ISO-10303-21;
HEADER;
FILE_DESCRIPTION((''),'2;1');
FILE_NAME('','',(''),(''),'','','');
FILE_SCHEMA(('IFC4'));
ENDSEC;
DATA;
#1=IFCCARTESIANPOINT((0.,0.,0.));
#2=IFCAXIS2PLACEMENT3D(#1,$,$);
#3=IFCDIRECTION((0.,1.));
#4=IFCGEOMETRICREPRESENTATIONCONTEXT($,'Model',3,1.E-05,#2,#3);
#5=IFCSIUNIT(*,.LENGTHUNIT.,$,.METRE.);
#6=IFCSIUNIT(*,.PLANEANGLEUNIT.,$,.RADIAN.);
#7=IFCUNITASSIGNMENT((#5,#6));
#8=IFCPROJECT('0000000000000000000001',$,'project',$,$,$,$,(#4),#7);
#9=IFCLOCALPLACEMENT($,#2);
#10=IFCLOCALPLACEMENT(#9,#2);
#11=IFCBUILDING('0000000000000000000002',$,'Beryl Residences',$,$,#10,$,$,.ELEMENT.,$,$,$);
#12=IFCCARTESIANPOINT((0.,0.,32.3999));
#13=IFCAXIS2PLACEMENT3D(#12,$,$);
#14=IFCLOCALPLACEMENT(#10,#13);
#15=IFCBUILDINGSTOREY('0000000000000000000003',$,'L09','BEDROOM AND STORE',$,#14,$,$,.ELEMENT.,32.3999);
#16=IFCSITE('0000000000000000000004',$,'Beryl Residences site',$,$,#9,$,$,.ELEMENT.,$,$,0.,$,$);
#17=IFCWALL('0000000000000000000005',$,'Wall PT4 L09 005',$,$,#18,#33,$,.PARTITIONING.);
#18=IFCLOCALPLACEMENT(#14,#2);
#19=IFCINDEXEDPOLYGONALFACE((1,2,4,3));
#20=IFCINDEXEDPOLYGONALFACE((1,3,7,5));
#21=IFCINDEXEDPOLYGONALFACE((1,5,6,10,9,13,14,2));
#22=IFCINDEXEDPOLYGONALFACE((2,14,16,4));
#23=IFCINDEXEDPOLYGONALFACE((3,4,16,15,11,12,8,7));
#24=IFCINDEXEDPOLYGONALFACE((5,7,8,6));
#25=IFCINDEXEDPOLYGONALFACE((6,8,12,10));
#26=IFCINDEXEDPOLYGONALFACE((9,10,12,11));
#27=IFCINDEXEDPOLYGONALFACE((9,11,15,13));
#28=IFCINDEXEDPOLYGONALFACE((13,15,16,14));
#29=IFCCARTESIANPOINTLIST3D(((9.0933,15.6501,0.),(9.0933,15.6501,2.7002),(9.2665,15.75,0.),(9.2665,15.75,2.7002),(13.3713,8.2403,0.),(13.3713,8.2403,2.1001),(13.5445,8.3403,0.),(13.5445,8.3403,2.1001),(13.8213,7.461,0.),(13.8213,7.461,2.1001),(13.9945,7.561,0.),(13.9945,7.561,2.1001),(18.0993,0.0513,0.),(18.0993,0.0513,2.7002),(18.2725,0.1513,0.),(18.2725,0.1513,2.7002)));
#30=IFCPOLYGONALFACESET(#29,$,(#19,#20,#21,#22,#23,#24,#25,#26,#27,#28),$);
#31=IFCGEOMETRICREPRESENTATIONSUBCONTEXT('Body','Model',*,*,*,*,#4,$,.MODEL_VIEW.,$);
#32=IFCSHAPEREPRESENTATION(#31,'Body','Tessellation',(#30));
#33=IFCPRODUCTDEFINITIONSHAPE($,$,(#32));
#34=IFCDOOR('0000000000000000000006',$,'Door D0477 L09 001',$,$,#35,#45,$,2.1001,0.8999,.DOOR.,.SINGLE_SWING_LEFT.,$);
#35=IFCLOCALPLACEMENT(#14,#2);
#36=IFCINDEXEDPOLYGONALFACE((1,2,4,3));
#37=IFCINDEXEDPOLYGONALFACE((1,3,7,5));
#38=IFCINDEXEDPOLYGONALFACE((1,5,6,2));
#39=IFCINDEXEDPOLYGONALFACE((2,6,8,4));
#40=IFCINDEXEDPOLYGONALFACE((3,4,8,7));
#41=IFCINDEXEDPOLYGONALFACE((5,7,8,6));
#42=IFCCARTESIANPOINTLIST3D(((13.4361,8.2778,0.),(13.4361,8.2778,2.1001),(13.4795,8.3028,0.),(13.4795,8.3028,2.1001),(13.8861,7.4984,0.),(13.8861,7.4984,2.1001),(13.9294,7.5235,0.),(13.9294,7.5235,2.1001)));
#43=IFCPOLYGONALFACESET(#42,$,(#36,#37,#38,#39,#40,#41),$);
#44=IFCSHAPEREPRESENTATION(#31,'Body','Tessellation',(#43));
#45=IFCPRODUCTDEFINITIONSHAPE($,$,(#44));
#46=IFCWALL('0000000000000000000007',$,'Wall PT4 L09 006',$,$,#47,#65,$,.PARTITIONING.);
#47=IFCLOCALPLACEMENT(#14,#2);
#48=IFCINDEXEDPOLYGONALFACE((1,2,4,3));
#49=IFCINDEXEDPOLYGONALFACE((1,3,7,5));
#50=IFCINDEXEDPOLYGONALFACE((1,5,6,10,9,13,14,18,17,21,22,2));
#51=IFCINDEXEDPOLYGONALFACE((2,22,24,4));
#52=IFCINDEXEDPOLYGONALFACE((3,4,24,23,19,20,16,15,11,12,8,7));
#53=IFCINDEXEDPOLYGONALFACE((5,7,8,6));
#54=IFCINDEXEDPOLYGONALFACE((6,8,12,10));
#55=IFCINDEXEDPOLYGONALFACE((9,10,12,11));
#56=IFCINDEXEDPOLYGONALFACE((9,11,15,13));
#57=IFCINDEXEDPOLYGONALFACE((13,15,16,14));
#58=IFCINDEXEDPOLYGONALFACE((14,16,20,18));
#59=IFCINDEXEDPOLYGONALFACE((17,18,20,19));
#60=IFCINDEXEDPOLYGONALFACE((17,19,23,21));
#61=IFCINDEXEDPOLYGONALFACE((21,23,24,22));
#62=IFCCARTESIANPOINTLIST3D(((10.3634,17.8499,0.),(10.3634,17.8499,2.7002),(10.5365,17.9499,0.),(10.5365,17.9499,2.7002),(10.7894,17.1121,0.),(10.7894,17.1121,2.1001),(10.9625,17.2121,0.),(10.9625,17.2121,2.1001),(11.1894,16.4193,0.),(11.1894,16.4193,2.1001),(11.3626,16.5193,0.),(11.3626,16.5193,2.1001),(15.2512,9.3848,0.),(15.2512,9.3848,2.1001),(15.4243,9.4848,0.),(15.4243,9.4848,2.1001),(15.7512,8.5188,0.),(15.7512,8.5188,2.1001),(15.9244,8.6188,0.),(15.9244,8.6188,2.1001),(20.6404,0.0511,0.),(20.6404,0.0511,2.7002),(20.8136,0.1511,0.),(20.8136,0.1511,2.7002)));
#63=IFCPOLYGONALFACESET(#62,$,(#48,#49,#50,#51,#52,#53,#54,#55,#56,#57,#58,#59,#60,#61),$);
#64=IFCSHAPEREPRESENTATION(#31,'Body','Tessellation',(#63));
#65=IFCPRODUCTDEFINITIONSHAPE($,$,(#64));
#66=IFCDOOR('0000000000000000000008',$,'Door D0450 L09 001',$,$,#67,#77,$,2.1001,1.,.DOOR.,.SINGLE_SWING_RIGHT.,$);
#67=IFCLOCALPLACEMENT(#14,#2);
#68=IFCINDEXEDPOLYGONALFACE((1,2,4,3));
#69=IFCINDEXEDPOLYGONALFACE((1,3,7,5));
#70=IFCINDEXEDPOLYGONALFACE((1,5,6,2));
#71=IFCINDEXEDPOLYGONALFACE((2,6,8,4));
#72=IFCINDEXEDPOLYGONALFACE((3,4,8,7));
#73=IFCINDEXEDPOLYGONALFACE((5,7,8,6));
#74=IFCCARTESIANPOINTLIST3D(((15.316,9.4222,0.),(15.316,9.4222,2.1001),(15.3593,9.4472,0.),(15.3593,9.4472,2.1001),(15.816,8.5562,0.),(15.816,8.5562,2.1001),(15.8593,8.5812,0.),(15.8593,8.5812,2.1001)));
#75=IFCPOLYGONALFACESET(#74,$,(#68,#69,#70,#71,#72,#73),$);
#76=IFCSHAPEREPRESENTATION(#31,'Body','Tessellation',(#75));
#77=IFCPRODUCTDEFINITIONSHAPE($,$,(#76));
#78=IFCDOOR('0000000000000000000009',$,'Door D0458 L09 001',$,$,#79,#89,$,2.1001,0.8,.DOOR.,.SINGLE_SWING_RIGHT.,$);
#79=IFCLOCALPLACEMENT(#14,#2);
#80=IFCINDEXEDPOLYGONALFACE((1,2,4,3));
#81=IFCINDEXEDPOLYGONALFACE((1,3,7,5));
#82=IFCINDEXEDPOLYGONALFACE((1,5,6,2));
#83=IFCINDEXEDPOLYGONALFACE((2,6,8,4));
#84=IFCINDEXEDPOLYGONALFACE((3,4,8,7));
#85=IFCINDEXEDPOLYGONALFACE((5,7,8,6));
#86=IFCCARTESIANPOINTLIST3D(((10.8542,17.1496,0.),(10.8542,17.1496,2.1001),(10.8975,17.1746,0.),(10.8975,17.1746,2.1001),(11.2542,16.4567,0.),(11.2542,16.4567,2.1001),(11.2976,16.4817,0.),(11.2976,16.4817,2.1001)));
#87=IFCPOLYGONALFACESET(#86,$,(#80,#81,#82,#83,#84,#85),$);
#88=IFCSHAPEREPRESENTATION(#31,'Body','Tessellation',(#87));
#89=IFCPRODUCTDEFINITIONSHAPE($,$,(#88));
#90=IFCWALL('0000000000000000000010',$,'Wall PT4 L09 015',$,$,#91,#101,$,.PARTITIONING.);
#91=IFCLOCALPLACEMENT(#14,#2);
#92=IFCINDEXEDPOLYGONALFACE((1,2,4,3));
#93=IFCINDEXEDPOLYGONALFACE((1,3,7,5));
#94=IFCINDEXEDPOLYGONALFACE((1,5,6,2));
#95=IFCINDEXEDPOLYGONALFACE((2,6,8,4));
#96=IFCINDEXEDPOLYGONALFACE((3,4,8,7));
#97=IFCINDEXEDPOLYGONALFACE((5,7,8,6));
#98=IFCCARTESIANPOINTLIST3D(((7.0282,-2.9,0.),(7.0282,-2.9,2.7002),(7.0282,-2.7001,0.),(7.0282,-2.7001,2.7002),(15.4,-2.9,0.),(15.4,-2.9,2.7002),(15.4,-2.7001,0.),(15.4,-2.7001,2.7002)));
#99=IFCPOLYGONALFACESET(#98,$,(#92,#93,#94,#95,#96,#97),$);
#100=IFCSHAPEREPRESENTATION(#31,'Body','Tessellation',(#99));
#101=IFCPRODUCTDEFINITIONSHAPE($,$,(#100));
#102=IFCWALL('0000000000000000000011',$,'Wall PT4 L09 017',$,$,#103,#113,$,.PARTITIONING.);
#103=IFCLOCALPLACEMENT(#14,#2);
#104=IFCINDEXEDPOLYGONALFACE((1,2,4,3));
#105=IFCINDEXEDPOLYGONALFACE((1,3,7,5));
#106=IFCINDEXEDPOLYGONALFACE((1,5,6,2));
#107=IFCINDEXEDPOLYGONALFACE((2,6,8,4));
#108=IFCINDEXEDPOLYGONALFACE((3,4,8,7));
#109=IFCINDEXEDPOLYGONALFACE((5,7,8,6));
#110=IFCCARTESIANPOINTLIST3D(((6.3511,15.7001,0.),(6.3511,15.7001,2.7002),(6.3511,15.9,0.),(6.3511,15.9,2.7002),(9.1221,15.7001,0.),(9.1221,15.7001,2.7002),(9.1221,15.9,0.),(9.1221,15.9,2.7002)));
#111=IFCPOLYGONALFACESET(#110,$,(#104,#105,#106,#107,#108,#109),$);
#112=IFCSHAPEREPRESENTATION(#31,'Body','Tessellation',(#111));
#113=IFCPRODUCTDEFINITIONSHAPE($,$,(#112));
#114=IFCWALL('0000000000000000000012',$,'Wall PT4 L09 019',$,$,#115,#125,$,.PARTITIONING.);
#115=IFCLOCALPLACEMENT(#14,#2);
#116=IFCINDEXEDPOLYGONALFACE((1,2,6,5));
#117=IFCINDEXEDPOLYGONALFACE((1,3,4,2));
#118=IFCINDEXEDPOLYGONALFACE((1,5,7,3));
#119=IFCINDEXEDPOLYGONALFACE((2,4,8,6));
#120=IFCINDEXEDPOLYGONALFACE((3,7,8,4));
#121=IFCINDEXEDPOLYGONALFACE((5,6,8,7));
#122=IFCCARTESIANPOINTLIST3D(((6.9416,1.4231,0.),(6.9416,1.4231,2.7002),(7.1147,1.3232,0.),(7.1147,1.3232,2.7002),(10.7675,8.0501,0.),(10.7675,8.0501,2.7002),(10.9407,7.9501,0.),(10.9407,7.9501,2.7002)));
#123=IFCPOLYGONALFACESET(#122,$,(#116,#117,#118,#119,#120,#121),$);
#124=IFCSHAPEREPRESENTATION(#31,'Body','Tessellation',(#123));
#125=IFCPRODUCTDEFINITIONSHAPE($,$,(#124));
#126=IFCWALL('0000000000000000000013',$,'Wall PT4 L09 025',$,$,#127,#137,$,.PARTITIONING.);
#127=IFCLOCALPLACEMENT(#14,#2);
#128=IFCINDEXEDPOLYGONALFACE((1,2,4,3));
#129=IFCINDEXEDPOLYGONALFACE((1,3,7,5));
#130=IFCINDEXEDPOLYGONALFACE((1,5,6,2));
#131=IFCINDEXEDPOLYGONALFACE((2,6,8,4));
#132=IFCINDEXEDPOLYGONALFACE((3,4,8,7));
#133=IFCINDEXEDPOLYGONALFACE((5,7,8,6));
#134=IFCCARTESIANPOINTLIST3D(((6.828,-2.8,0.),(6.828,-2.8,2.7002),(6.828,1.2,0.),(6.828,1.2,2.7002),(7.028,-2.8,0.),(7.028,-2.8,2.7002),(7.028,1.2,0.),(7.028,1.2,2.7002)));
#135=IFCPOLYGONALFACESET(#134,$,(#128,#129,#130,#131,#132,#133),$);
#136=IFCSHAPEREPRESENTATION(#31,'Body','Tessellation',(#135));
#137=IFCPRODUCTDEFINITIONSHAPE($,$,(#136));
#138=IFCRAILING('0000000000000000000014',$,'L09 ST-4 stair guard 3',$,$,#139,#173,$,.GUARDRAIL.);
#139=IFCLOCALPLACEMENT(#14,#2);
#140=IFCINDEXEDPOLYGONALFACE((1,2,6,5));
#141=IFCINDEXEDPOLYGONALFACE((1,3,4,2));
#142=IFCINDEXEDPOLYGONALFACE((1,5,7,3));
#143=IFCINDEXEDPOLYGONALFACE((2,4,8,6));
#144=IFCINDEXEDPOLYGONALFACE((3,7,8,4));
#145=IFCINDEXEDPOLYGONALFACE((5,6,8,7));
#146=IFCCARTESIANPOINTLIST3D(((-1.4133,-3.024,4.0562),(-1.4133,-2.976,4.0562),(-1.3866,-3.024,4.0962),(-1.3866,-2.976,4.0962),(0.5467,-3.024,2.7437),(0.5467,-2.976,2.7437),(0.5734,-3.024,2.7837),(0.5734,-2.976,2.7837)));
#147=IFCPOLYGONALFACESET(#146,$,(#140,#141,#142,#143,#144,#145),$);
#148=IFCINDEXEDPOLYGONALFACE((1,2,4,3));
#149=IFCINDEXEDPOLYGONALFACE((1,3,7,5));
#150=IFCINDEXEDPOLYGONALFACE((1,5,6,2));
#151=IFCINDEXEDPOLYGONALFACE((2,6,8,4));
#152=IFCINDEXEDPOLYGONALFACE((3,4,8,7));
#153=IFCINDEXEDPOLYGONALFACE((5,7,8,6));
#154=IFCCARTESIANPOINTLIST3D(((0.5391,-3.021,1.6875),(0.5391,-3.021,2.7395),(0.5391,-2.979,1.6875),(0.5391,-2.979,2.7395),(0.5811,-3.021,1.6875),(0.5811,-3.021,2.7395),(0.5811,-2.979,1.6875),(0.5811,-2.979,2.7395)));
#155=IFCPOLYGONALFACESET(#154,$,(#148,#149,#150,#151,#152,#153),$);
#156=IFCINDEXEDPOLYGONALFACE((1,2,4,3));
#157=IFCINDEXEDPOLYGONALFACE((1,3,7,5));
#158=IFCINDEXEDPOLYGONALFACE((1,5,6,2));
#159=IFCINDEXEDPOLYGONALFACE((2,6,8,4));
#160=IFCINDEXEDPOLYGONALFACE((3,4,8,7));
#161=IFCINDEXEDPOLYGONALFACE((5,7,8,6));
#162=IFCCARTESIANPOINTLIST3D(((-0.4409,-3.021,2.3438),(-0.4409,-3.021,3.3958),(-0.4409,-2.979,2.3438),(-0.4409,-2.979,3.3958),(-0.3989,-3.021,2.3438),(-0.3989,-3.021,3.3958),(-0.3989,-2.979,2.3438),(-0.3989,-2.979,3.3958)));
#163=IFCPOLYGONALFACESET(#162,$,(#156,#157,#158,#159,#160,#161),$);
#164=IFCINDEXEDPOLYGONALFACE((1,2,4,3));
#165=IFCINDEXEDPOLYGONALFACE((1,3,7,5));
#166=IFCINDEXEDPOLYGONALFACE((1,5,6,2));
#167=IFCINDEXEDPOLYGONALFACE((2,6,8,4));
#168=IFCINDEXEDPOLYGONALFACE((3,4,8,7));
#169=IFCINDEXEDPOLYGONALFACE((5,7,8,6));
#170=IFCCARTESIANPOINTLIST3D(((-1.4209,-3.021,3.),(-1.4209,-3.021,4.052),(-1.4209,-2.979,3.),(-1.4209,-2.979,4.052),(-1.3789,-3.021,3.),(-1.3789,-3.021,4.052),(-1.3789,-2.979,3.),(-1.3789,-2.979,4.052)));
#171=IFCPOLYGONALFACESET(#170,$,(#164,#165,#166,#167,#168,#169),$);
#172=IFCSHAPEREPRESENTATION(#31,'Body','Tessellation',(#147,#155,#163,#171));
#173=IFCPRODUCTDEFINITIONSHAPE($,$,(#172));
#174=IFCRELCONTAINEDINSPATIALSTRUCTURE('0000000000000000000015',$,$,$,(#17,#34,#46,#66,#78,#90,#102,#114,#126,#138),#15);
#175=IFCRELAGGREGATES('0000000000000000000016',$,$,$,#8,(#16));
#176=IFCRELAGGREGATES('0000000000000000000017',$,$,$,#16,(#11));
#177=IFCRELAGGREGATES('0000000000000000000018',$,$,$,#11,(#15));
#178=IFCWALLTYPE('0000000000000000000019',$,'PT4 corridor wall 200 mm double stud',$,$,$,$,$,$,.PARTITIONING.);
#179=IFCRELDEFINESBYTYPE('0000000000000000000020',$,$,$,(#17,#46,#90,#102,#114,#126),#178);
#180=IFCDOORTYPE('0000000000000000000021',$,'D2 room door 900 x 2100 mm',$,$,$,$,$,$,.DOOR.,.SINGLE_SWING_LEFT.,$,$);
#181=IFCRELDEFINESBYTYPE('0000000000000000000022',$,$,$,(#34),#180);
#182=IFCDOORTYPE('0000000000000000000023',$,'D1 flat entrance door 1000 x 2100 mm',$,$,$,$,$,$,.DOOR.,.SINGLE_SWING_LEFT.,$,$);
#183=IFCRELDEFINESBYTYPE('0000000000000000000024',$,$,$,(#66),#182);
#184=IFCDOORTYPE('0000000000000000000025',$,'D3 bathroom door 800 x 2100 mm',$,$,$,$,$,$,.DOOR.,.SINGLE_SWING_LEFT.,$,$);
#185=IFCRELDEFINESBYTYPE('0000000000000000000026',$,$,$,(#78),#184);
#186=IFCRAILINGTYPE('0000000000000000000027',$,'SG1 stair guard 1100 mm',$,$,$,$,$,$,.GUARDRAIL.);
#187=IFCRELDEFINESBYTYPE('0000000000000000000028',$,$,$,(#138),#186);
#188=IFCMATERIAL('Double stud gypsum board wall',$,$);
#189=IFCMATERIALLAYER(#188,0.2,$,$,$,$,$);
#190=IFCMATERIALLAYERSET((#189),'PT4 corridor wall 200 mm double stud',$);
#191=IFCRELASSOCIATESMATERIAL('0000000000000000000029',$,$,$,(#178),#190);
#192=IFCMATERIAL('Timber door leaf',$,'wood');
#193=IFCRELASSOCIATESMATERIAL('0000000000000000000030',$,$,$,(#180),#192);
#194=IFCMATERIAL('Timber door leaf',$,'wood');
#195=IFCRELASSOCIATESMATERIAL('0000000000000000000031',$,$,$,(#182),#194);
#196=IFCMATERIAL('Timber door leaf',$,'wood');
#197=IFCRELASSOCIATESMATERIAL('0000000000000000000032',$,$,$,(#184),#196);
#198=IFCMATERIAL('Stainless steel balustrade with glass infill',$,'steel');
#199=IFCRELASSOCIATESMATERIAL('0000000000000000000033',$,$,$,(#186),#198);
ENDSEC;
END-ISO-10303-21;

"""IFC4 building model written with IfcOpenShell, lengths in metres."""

from ifc_helpers import new_model, si_unit, direction, frame, frame_2d, origin, origin_2d, place, context, subcontext, project, spatial, rectangle, extrude, material, layer, layer_set, type_object, element, fill, save


model = new_model("IFC4")

# Units and contexts
model_context = context("Model", 3, precision=1e-05, world=origin(), true_north=direction((0.0, 1.0)))
body_context = subcontext(model_context, "Body", "Model", "MODEL_VIEW")
ifc_project = project(units=[si_unit("LENGTHUNIT", "METRE"), si_unit("PLANEANGLEUNIT", "RADIAN")], contexts=[model_context])

# Site, building, storey
site_placement = place(None, origin())
site = spatial("IfcSite", under=ifc_project, at=site_placement, Name="Beryl Residences site", CompositionType="ELEMENT", RefElevation=0.0)
building_placement = place(site_placement, origin())
building = spatial("IfcBuilding", under=site, at=building_placement, Name="Beryl Residences", CompositionType="ELEMENT")
storey_placement = place(building_placement, frame((0.0, 0.0, 32.3999)))
storey = spatial("IfcBuildingStorey", under=building, at=storey_placement, Name="L09", Description="BEDROOM AND STORE", CompositionType="ELEMENT", Elevation=32.3999)

# Shared definitions
ifc_material_1 = material(Name="Double stud gypsum board wall")
ifc_layer_1 = layer(ifc_material_1, 0.2)
ifc_layer_set_1 = layer_set([ifc_layer_1], Name="PT4 corridor wall 200 mm double stud")
wall_type_1 = type_object("IfcWallType", Name="PT4 corridor wall 200 mm double stud", PredefinedType="PARTITIONING", material=ifc_layer_set_1)

# Wall, opening, door
wall_1_placement = place(storey_placement, frame((9.1799, 15.7, 0.0), z_axis=(0.0, 0.0, 1.0), x_axis=(0.500004, -0.866023, 0.0)))
wall_1 = element("IfcWall", 1, at=wall_1_placement, inside=storey, type_object=wall_type_1, Name="Wall PT4 L09 005", PredefinedType="PARTITIONING", context=body_context, shape_type="SweptSolid", body=[
    extrude(rectangle(XDim=18.012, YDim=0.2, at=frame_2d((9.0059, 0.0))), origin(), (0.0, 0.0, 1.0), 2.7002),
])
opening_1_placement = place(wall_1_placement, frame((8.5559, 0.0, 0.0)))
opening_1 = element("IfcOpeningElement", 2, at=opening_1_placement, cuts=wall_1, PredefinedType="OPENING", context=body_context, shape_type="SweptSolid", body=[
    extrude(rectangle(XDim=0.8999, YDim=2.1001, at=frame_2d((0.45, 1.05))), frame((0.0, 0.1099, 0.0), z_axis=(0.0, -1.0, 0.0), x_axis=(1.0, 0.0, 0.0)), (0.0, 0.0, 1.0), 0.22),
])
ifc_material_2 = material(Name="Timber door leaf", Category="wood")
door_type_1 = type_object("IfcDoorType", Name="D2 room door 900 x 2100 mm", OperationType="SINGLE_SWING_LEFT", PredefinedType="DOOR", material=ifc_material_2)
door_1_placement = place(opening_1_placement, origin())
door_1 = element("IfcDoor", 3, at=door_1_placement, inside=storey, type_object=door_type_1, Name="Door D0477 L09 001", OperationType="SINGLE_SWING_LEFT", OverallHeight=2.1001, OverallWidth=0.8999, PredefinedType="DOOR", context=body_context, shape_type="SweptSolid", body=[
    extrude(rectangle(XDim=0.8999, YDim=2.1001, at=frame_2d((0.45, 1.05))), frame((0.0, 0.0249, 0.0), z_axis=(0.0, -1.0, 0.0), x_axis=(1.0, 0.0, 0.0)), (0.0, 0.0, 1.0), 0.05),
])
fill(opening_1, door_1)

# Wall, openings, doors
wall_2_placement = place(storey_placement, frame((10.45, 17.8999, 0.0), z_axis=(0.0, 0.0, 1.0), x_axis=(0.500034, -0.866006, 0.0)))
wall_2 = element("IfcWall", 4, at=wall_2_placement, inside=storey, type_object=wall_type_1, Name="Wall PT4 L09 006", PredefinedType="PARTITIONING", context=body_context, shape_type="SweptSolid", body=[
    extrude(rectangle(XDim=20.5527, YDim=0.2, at=frame_2d((10.2764, 0.0))), origin(), (0.0, 0.0, 1.0), 2.7002),
])
opening_2_placement = place(wall_2_placement, frame((9.7749, 0.0, 0.0)))
opening_2 = element("IfcOpeningElement", 5, at=opening_2_placement, cuts=wall_2, PredefinedType="OPENING", context=body_context, shape_type="SweptSolid", body=[
    extrude(rectangle(XDim=1.0, YDim=2.1001, at=frame_2d((0.5, 1.05))), frame((0.0, 0.1099, 0.0), z_axis=(0.0, -1.0, 0.0), x_axis=(1.0, 0.0, 0.0)), (0.0, 0.0, 1.0), 0.22),
])
opening_3_placement = place(wall_2_placement, frame((0.8521, 0.0, 0.0)))
opening_3 = element("IfcOpeningElement", 6, at=opening_3_placement, cuts=wall_2, PredefinedType="OPENING", context=body_context, shape_type="SweptSolid", body=[
    extrude(rectangle(XDim=0.8, YDim=2.1001, at=frame_2d((0.3999, 1.05))), frame((0.0, 0.1099, 0.0), z_axis=(0.0, -1.0, 0.0), x_axis=(1.0, 0.0, 0.0)), (0.0, 0.0, 1.0), 0.22),
])
ifc_material_3 = material(Name="Timber door leaf", Category="wood")
door_type_2 = type_object("IfcDoorType", Name="D1 flat entrance door 1000 x 2100 mm", OperationType="SINGLE_SWING_LEFT", PredefinedType="DOOR", material=ifc_material_3)
door_2_placement = place(opening_2_placement, origin())
door_2 = element("IfcDoor", 7, at=door_2_placement, inside=storey, type_object=door_type_2, Name="Door D0450 L09 001", OperationType="SINGLE_SWING_RIGHT", OverallHeight=2.1001, OverallWidth=1.0, PredefinedType="DOOR", context=body_context, shape_type="SweptSolid", body=[
    extrude(rectangle(XDim=1.0, YDim=2.1001, at=frame_2d((0.5, 1.05))), frame((0.0, 0.0249, 0.0), z_axis=(0.0, -1.0, 0.0), x_axis=(1.0, 0.0, 0.0)), (0.0, 0.0, 1.0), 0.05),
])
fill(opening_2, door_2)
ifc_material_4 = material(Name="Timber door leaf", Category="wood")
door_type_3 = type_object("IfcDoorType", Name="D3 bathroom door 800 x 2100 mm", OperationType="SINGLE_SWING_LEFT", PredefinedType="DOOR", material=ifc_material_4)
door_3_placement = place(opening_3_placement, origin())
door_3 = element("IfcDoor", 8, at=door_3_placement, inside=storey, type_object=door_type_3, Name="Door D0458 L09 001", OperationType="SINGLE_SWING_RIGHT", OverallHeight=2.1001, OverallWidth=0.8, PredefinedType="DOOR", context=body_context, shape_type="SweptSolid", body=[
    extrude(rectangle(XDim=0.8, YDim=2.1001, at=frame_2d((0.3999, 1.05))), frame((0.0, 0.0249, 0.0), z_axis=(0.0, -1.0, 0.0), x_axis=(1.0, 0.0, 0.0)), (0.0, 0.0, 1.0), 0.05),
])
fill(opening_3, door_3)

# Walls
wall_3_placement = place(storey_placement, frame((7.0281, -2.8, 0.0), z_axis=(0.0, 0.0, 1.0), x_axis=(1.0, 0.0, 0.0)))
element("IfcWall", 9, at=wall_3_placement, inside=storey, type_object=wall_type_1, Name="Wall PT4 L09 015", PredefinedType="PARTITIONING", context=body_context, shape_type="SweptSolid", body=[
    extrude(rectangle(XDim=8.3718, YDim=0.2, at=frame_2d((4.186, 0.0))), origin(), (0.0, 0.0, 1.0), 2.7002),
])
wall_4_placement = place(storey_placement, frame((6.3511, 15.8, 0.0), z_axis=(0.0, 0.0, 1.0), x_axis=(1.0, 0.0, 0.0)))
element("IfcWall", 10, at=wall_4_placement, inside=storey, type_object=wall_type_1, Name="Wall PT4 L09 017", PredefinedType="PARTITIONING", context=body_context, shape_type="SweptSolid", body=[
    extrude(rectangle(XDim=2.771, YDim=0.2, at=frame_2d((1.3855, 0.0))), origin(), (0.0, 0.0, 1.0), 2.7002),
])
wall_5_placement = place(storey_placement, frame((7.0281, 1.373, 0.0), z_axis=(0.0, 0.0, 1.0), x_axis=(0.499986, 0.866034, 0.0)))
element("IfcWall", 11, at=wall_5_placement, inside=storey, type_object=wall_type_1, Name="Wall PT4 L09 019", PredefinedType="PARTITIONING", context=body_context, shape_type="SweptSolid", body=[
    extrude(rectangle(XDim=7.6521, YDim=0.2, at=frame_2d((3.8262, 0.0))), origin(), (0.0, 0.0, 1.0), 2.7002),
])
wall_6_placement = place(storey_placement, frame((6.928, -2.8, 0.0), z_axis=(0.0, 0.0, 1.0), x_axis=(0.0, 1.0, 0.0)))
element("IfcWall", 12, at=wall_6_placement, inside=storey, type_object=wall_type_1, Name="Wall PT4 L09 025", PredefinedType="PARTITIONING", context=body_context, shape_type="SweptSolid", body=[
    extrude(rectangle(XDim=4.0, YDim=0.2, at=frame_2d((2.0, 0.0))), origin(), (0.0, 0.0, 1.0), 2.7002),
])

# Railing
ifc_material_5 = material(Name="Stainless steel balustrade with glass infill", Category="steel")
railing_type_1 = type_object("IfcRailingType", Name="SG1 stair guard 1100 mm", PredefinedType="GUARDRAIL", material=ifc_material_5)
railing_1_placement = place(storey_placement, frame((0.5601, -3.0, 1.6875)))
element("IfcRailing", 13, at=railing_1_placement, inside=storey, type_object=railing_type_1, Name="L09 ST-4 stair guard 3", PredefinedType="GUARDRAIL", context=body_context, shape_type="SweptSolid", body=[
    extrude(rectangle(XDim=0.0481, YDim=0.0481, at=origin_2d()), frame((0.0, 0.0, 1.0762), z_axis=(-0.830902, 0.0, 0.556419), x_axis=(0.0, -1.0, 0.0)), (0.0, 0.0, 1.0), 2.3589),
    extrude(rectangle(XDim=0.042, YDim=0.042, at=origin_2d()), origin(), (0.0, 0.0, 1.0), 1.052),
    extrude(rectangle(XDim=0.042, YDim=0.042, at=origin_2d()), frame((-0.98, 0.0, 0.6562)), (0.0, 0.0, 1.0), 1.052),
    extrude(rectangle(XDim=0.042, YDim=0.042, at=origin_2d()), frame((-1.96, 0.0, 1.3125)), (0.0, 0.0, 1.0), 1.052),
])

save(model, "model.ifc")
